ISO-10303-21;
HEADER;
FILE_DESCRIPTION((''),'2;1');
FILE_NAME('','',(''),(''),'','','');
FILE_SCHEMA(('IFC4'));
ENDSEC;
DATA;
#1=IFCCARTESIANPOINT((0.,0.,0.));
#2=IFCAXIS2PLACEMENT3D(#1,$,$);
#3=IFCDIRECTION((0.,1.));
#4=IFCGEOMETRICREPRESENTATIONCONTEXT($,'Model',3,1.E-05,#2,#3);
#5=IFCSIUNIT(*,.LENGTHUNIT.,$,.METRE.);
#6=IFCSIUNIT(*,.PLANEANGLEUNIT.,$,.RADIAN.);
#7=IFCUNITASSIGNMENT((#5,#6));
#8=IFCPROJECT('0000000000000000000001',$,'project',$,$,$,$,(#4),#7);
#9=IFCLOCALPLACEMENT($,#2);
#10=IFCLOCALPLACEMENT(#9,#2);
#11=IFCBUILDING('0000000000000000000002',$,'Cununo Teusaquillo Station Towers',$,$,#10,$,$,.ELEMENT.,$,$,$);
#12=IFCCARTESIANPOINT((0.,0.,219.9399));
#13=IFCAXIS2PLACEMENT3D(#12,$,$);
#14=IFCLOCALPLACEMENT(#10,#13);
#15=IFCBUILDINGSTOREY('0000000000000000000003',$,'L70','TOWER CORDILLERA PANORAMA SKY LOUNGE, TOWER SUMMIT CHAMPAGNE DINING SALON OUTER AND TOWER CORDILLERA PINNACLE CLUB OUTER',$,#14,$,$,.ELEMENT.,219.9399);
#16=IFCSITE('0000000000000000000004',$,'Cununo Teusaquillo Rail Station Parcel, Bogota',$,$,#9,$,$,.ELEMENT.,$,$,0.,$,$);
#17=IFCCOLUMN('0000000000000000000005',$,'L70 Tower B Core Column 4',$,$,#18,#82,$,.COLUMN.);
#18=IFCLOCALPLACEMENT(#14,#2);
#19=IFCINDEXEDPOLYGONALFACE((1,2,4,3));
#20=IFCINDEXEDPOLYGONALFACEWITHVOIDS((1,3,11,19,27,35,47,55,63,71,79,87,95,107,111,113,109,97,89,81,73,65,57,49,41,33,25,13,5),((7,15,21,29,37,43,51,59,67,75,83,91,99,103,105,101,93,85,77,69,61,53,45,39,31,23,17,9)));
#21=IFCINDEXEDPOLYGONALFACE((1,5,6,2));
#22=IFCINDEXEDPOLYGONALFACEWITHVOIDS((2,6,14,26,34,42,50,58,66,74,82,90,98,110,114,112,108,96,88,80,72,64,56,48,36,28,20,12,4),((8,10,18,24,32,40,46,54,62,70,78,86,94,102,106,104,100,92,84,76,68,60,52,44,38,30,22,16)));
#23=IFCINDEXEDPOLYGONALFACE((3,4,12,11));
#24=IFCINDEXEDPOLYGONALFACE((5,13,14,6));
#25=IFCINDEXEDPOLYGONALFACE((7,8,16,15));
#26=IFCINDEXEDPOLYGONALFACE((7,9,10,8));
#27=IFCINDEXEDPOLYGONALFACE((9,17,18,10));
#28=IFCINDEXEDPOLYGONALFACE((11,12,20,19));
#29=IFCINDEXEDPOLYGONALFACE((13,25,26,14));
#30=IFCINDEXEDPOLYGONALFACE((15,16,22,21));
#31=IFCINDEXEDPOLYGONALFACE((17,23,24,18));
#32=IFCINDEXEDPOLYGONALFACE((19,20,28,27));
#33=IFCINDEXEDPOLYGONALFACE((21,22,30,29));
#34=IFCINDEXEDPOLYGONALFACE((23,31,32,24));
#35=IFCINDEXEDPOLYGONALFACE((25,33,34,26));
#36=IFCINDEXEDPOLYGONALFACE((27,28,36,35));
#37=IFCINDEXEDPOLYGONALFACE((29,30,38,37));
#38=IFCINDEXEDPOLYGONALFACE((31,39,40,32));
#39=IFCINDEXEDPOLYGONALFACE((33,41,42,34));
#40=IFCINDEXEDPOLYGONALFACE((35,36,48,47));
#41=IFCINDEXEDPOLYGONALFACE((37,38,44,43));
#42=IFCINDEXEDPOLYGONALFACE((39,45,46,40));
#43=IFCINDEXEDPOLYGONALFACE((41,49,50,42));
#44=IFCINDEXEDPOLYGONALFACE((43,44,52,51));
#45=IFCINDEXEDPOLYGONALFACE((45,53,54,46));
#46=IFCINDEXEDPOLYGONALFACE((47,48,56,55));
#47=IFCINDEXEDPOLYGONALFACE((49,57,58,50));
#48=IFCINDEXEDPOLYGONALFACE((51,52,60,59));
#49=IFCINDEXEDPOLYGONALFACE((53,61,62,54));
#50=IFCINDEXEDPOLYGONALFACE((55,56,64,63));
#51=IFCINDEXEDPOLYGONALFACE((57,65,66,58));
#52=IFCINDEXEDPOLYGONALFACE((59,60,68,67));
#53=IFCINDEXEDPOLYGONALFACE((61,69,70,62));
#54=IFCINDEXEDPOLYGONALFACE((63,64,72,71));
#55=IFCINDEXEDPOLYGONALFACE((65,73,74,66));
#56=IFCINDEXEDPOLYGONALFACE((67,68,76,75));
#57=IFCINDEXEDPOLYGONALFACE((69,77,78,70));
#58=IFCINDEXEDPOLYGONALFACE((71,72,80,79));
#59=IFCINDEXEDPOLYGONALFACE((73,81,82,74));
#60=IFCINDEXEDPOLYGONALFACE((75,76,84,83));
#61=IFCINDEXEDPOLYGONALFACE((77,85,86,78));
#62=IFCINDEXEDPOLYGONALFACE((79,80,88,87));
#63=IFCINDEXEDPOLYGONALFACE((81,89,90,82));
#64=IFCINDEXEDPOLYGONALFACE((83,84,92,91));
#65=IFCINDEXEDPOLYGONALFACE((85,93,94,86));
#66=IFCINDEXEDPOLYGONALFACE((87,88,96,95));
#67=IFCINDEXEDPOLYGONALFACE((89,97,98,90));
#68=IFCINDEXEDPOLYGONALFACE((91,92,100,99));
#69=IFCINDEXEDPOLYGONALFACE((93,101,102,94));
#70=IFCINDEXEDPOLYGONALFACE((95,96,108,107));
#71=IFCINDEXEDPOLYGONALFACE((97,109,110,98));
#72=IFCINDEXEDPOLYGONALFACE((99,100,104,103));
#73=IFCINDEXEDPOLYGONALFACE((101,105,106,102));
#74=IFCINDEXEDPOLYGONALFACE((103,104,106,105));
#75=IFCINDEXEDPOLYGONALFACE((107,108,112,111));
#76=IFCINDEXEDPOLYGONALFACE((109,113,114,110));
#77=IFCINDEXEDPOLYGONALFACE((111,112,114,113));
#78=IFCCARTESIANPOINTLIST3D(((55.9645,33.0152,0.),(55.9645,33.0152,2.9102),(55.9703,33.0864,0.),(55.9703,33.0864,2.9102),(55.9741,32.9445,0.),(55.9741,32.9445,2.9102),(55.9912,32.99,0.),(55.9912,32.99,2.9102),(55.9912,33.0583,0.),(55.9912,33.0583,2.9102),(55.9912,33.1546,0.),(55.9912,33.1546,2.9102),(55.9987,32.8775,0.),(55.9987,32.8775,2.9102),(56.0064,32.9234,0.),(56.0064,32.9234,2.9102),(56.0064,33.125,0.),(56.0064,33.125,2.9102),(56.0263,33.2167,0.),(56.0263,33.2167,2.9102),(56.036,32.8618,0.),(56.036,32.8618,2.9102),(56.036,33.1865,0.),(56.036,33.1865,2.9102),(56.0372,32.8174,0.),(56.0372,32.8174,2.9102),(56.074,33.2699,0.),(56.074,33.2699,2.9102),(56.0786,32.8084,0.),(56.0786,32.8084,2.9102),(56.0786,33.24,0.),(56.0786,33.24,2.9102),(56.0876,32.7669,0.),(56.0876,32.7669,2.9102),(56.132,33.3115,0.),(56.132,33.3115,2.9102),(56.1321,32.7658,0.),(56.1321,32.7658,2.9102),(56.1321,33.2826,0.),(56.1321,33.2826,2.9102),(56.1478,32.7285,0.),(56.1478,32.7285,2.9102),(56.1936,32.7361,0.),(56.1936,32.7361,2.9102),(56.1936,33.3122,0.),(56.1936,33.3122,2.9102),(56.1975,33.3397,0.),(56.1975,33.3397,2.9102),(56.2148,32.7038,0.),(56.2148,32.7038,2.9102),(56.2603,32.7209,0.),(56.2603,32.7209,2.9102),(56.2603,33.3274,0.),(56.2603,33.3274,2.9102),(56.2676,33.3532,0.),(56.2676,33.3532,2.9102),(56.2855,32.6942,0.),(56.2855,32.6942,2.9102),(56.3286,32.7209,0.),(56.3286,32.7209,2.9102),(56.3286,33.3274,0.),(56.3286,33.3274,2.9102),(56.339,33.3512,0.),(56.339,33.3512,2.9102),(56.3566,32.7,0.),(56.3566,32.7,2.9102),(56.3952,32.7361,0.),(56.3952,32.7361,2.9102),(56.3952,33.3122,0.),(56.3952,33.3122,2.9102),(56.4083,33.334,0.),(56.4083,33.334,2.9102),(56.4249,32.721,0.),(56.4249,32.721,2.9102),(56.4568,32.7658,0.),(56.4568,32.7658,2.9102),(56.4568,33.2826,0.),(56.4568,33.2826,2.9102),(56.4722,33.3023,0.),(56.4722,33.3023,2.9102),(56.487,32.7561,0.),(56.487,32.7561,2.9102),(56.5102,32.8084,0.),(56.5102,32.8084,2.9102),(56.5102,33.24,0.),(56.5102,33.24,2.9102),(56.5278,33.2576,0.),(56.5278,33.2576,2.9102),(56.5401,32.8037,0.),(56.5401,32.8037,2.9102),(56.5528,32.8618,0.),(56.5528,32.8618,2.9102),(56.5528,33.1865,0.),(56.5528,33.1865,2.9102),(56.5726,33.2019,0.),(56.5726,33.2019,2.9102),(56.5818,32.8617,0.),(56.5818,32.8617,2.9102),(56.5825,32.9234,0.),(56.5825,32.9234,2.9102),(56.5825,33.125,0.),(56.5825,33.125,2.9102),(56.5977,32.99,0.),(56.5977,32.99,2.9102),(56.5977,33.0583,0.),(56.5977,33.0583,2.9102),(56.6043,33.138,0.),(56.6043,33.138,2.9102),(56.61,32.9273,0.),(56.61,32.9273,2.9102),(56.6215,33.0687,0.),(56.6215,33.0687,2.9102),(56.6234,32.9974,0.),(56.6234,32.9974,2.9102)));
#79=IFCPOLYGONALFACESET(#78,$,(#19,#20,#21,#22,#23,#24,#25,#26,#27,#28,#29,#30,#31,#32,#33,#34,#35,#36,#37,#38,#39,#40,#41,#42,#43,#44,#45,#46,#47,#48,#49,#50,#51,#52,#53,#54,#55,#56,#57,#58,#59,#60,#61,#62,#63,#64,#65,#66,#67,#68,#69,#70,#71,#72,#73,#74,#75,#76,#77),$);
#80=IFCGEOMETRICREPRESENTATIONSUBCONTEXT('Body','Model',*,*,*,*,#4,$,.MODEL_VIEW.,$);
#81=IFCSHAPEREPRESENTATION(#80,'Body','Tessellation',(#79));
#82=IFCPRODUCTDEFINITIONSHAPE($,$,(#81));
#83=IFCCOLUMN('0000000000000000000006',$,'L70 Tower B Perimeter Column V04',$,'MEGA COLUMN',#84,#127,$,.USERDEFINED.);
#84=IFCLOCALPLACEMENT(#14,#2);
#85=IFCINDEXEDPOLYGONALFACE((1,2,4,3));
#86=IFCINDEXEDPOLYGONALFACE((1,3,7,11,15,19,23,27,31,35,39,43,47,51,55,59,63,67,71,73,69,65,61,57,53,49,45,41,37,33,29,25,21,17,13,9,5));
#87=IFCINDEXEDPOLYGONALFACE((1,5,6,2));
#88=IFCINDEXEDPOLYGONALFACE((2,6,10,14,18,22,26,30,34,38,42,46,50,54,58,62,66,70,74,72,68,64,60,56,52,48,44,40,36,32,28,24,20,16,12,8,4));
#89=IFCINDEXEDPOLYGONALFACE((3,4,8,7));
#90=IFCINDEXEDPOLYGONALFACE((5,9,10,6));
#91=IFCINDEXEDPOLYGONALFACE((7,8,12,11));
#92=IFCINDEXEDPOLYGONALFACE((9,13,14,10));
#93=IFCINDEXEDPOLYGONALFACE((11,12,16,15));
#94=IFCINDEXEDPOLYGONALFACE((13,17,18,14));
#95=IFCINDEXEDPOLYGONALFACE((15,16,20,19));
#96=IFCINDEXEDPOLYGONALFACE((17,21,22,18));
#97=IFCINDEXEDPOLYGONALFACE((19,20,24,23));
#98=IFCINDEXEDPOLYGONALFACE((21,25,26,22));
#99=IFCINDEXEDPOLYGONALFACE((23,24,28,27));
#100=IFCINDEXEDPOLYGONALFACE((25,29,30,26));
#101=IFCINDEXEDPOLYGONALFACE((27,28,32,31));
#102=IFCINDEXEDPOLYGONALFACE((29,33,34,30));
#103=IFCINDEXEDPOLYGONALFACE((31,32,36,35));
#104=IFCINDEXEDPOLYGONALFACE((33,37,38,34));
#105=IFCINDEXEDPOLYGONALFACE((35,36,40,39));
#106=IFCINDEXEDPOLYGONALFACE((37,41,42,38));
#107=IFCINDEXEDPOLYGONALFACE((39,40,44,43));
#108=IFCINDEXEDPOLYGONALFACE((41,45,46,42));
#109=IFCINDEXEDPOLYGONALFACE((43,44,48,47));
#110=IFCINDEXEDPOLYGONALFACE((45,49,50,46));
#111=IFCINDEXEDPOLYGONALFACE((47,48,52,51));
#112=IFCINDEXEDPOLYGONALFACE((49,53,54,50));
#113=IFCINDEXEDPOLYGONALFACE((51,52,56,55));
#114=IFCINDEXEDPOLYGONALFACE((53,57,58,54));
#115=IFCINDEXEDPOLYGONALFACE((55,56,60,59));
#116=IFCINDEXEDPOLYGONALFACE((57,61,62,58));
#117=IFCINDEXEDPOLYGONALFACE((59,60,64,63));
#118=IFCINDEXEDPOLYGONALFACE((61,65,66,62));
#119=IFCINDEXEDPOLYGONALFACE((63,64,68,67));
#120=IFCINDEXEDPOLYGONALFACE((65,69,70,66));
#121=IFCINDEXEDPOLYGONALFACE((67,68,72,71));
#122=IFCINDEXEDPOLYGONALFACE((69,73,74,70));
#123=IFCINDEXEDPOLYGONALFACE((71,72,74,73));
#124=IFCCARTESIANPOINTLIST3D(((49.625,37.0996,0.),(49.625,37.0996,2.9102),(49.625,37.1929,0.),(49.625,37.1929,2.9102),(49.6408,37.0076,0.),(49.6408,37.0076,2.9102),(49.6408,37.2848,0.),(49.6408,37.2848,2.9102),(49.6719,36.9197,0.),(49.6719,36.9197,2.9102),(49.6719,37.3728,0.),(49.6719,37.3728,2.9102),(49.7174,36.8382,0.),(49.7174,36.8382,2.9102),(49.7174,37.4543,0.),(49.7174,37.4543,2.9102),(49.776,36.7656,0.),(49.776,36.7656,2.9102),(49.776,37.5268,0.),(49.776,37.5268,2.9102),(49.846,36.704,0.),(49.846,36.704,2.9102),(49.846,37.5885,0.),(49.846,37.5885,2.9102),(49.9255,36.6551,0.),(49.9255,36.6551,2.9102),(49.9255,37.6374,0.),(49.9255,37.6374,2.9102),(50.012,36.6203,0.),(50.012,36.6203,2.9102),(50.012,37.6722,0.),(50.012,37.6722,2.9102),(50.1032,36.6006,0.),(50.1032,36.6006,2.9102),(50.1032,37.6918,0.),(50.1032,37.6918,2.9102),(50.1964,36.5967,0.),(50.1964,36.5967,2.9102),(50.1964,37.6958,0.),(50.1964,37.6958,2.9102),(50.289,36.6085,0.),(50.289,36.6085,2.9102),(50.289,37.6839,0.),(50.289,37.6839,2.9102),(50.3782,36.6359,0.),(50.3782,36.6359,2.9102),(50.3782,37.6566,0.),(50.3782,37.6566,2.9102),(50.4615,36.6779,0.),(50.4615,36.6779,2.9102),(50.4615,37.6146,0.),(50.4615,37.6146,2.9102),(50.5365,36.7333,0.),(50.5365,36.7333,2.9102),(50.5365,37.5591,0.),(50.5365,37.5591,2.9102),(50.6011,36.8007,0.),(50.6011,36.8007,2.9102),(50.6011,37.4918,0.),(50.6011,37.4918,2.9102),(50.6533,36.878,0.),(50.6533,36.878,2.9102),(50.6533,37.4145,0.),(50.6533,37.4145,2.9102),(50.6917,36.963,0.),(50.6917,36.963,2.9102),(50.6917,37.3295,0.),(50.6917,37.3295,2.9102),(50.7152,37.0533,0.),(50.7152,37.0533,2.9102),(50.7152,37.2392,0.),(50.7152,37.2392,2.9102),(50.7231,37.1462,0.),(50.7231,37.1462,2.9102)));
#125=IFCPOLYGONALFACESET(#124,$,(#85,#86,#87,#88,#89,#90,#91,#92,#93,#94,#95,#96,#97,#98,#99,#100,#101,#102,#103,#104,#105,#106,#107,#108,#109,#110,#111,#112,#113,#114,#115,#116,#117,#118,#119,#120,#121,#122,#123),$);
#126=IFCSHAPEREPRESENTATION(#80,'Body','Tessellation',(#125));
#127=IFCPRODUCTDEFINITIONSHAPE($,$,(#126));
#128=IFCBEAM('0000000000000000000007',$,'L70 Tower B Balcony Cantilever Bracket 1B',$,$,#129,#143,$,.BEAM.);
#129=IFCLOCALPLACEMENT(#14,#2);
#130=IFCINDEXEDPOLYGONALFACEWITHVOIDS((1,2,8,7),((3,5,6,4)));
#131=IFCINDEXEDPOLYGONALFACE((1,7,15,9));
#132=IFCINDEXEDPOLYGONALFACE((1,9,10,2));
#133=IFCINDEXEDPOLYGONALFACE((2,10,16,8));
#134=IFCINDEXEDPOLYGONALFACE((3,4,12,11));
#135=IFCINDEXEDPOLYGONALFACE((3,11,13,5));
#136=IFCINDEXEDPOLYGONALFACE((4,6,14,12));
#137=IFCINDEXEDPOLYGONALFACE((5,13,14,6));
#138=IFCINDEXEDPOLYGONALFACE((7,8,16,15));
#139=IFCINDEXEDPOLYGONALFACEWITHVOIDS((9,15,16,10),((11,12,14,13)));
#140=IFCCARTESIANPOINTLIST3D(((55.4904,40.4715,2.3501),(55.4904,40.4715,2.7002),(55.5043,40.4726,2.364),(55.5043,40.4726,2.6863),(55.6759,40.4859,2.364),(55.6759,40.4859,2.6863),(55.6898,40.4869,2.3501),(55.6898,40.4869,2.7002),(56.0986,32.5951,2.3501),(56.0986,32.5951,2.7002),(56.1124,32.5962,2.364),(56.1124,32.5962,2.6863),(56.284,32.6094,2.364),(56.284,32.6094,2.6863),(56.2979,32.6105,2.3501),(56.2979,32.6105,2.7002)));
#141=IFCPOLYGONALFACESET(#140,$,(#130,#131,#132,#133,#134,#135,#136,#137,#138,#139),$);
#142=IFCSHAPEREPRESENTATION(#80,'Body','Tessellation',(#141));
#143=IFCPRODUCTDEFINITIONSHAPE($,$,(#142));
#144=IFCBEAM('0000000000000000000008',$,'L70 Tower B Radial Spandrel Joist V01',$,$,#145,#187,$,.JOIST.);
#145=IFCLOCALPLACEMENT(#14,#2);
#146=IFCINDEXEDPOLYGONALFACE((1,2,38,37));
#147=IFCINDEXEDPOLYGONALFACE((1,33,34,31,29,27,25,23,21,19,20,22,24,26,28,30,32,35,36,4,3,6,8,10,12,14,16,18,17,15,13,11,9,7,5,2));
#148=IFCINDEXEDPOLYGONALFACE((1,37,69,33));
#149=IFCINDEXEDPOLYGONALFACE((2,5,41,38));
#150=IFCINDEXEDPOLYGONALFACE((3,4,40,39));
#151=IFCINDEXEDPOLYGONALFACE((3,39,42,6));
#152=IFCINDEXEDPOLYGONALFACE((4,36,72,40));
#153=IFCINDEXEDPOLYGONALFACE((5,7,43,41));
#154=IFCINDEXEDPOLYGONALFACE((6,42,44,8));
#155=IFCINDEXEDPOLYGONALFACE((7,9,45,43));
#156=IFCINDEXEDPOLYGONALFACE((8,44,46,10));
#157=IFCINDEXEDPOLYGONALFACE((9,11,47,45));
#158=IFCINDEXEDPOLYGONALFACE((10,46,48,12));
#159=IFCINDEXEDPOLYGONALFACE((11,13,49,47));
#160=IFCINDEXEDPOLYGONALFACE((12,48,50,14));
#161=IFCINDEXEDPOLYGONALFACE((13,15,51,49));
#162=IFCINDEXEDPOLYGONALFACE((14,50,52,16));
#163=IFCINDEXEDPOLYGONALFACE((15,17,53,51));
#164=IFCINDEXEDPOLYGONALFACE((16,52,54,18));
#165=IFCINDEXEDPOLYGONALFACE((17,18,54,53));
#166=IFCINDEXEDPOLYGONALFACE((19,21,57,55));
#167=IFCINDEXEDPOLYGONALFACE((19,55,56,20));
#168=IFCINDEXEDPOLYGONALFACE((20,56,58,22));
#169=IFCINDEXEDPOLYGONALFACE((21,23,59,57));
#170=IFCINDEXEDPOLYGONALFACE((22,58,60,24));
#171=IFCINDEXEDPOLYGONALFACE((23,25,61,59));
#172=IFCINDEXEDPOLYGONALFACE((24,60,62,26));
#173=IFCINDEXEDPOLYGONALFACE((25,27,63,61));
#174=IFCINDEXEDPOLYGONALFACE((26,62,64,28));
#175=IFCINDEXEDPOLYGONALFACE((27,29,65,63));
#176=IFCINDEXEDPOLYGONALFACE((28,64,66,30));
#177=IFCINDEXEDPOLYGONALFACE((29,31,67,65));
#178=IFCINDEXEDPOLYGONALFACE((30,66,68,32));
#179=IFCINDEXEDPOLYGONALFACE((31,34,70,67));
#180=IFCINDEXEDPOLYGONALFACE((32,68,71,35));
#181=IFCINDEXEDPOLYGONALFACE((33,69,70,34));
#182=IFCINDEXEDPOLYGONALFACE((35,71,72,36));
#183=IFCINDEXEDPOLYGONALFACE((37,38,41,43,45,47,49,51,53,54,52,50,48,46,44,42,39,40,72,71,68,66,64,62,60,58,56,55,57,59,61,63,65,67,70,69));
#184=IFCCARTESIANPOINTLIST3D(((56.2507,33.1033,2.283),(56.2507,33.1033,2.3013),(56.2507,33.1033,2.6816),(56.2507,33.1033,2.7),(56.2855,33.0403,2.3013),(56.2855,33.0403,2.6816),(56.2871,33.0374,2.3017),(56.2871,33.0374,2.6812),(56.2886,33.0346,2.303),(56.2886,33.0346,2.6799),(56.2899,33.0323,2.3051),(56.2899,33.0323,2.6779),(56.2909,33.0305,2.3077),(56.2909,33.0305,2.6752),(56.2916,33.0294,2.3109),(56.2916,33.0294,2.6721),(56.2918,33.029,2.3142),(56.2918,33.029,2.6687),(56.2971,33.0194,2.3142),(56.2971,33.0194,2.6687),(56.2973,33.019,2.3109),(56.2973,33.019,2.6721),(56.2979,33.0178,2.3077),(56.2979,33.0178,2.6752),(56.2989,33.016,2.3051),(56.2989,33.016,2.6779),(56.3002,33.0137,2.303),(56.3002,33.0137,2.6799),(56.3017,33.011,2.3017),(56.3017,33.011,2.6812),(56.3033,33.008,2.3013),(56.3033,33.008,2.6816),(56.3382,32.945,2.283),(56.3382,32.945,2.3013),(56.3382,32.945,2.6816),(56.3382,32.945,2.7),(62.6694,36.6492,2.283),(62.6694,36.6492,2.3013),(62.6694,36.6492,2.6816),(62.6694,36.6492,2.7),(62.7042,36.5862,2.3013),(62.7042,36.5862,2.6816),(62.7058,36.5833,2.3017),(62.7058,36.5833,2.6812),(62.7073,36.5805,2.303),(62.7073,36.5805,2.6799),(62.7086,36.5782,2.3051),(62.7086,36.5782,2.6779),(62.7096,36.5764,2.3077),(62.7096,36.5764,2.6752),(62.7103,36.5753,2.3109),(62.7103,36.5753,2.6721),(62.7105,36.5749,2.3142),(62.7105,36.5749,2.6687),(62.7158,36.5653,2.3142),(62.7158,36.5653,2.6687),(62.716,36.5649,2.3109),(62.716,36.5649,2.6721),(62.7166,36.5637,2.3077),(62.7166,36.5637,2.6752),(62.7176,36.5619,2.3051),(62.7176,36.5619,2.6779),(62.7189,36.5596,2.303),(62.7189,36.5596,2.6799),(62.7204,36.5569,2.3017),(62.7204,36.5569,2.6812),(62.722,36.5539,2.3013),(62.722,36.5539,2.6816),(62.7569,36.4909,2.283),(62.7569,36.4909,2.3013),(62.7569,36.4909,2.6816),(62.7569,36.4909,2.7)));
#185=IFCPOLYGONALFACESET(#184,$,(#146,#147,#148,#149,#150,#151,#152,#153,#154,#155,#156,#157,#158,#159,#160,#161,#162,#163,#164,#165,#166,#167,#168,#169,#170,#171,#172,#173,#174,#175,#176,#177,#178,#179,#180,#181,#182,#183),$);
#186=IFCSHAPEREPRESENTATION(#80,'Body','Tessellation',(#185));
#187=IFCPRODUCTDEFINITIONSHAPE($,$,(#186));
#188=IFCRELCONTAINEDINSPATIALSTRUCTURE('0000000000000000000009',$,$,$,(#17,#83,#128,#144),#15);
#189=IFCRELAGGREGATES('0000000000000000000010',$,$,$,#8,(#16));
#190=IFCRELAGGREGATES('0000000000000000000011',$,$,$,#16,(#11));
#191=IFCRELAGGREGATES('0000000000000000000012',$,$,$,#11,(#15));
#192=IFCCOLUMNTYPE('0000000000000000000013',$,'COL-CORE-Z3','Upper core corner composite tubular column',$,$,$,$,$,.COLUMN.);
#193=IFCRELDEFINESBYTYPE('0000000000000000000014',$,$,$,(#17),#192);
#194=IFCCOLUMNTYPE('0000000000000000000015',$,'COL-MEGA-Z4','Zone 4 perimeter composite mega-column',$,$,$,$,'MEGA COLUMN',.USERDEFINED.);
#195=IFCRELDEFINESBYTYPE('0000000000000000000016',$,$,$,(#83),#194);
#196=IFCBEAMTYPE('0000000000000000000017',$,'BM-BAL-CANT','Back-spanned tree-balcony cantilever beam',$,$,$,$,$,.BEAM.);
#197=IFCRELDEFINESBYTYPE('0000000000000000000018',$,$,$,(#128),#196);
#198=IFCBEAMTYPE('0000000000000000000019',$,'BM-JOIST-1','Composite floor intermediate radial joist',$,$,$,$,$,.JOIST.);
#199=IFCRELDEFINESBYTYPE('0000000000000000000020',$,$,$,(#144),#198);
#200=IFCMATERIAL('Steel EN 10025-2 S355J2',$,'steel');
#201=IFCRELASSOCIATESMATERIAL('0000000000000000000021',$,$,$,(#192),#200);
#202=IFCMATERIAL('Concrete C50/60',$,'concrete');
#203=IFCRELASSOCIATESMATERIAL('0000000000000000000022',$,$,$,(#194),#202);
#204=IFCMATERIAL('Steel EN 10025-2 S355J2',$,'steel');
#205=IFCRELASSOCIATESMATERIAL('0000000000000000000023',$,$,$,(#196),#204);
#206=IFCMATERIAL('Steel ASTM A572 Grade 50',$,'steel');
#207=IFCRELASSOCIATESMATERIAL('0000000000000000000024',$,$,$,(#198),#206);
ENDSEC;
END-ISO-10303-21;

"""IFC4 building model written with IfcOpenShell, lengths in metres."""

from ifc_helpers import new_model, si_unit, direction, frame, origin, origin_2d, place, context, subcontext, project, spatial, hollow_rectangle, circle, hollow_circle, i_section, extrude, material, material_profile, profile_set, type_object, element, save


model = new_model("IFC4")

# Units and contexts
model_context = context("Model", 3, precision=1e-05, world=origin(), true_north=direction((0.0, 1.0)))
body_context = subcontext(model_context, "Body", "Model", "MODEL_VIEW")
ifc_project = project(units=[si_unit("LENGTHUNIT", "METRE"), si_unit("PLANEANGLEUNIT", "RADIAN")], contexts=[model_context])

# Site, building, storey
site_placement = place(None, origin())
site = spatial("IfcSite", under=ifc_project, at=site_placement, Name="Cununo Teusaquillo Rail Station Parcel, Bogota", CompositionType="ELEMENT", RefElevation=0.0)
building_placement = place(site_placement, origin())
building = spatial("IfcBuilding", under=site, at=building_placement, Name="Cununo Teusaquillo Station Towers", CompositionType="ELEMENT")
storey_placement = place(building_placement, frame((0.0, 0.0, 219.9399)))
storey = spatial("IfcBuildingStorey", under=building, at=storey_placement, Name="L70", Description="TOWER CORDILLERA PANORAMA SKY LOUNGE, TOWER SUMMIT CHAMPAGNE DINING SALON OUTER AND TOWER CORDILLERA PINNACLE CLUB OUTER", CompositionType="ELEMENT", Elevation=219.9399)

# Columns
ifc_material_1 = material(Name="Steel EN 10025-2 S355J2", Category="steel")
ifc_material_profile_1 = material_profile(ifc_material_1, hollow_circle(Radius=0.3301, WallThickness=0.0249, at=origin_2d()), Name="CHS 660x25")
ifc_profile_set_1 = profile_set([ifc_material_profile_1], Name="Steel EN 10025-2 S355J2")
column_type_1 = type_object("IfcColumnType", Name="COL-CORE-Z3", Description="Upper core corner composite tubular column", PredefinedType="COLUMN", material=ifc_profile_set_1)
column_1_placement = place(storey_placement, frame((56.2944, 33.0242, 0.0), z_axis=(0.0, 0.0, 1.0), x_axis=(0.707107, 0.707107, 0.0)))
element("IfcColumn", 1, at=column_1_placement, inside=storey, type_object=column_type_1, Name="L70 Tower B Core Column 4", PredefinedType="COLUMN", context=body_context, shape_type="SweptSolid", body=[
    extrude(hollow_circle(Radius=0.3301, WallThickness=0.0249, at=origin_2d()), origin(), (0.0, 0.0, 1.0), 2.9102),
])
ifc_material_2 = material(Name="Concrete C50/60", Category="concrete")
ifc_material_profile_2 = material_profile(ifc_material_2, circle(Radius=0.55, at=origin_2d()), Name="RC-CIRC-1100")
ifc_profile_set_2 = profile_set([ifc_material_profile_2], Name="Concrete C50/60")
column_type_2 = type_object("IfcColumnType", Name="COL-MEGA-Z4", Description="Zone 4 perimeter composite mega-column", ElementType="MEGA COLUMN", PredefinedType="USERDEFINED", material=ifc_profile_set_2)
column_2_placement = place(storey_placement, frame((50.1731, 37.1462, 0.0), z_axis=(0.0, 0.0, 1.0), x_axis=(1.0, 0.0, 0.0)))
element("IfcColumn", 2, at=column_2_placement, inside=storey, type_object=column_type_2, Name="L70 Tower B Perimeter Column V04", ObjectType="MEGA COLUMN", PredefinedType="USERDEFINED", context=body_context, shape_type="SweptSolid", body=[
    extrude(circle(Radius=0.55, at=origin_2d()), origin(), (0.0, 0.0, 1.0), 2.9102),
])

# Beams
ifc_material_3 = material(Name="Steel EN 10025-2 S355J2", Category="steel")
ifc_material_profile_3 = material_profile(ifc_material_3, hollow_rectangle(XDim=0.2, YDim=0.3501, WallThickness=0.0139, at=origin_2d()), Name="RHS 350x200x14")
ifc_profile_set_3 = profile_set([ifc_material_profile_3], Name="Steel EN 10025-2 S355J2")
beam_type_1 = type_object("IfcBeamType", Name="BM-BAL-CANT", Description="Back-spanned tree-balcony cantilever beam", PredefinedType="BEAM", material=ifc_profile_set_3)
beam_1_placement = place(storey_placement, frame((56.1982, 32.6028, 2.5251), z_axis=(-0.076982, 0.997032, 0.0), x_axis=(-0.997032, -0.076982, 0.0)))
element("IfcBeam", 3, at=beam_1_placement, inside=storey, type_object=beam_type_1, Name="L70 Tower B Balcony Cantilever Bracket 1B", PredefinedType="BEAM", context=body_context, shape_type="SweptSolid", body=[
    extrude(hollow_rectangle(XDim=0.2, YDim=0.3501, WallThickness=0.0139, at=origin_2d()), origin(), (0.0, 0.0, 1.0), 7.8999),
])
ifc_material_4 = material(Name="Steel ASTM A572 Grade 50", Category="steel")
ifc_material_profile_4 = material_profile(ifc_material_4, i_section(OverallWidth=0.1809, OverallDepth=0.417, WebThickness=0.011, FlangeThickness=0.0183, FilletRadius=0.0129, at=origin_2d()), Name="W16X57")
ifc_profile_set_4 = profile_set([ifc_material_profile_4], Name="Steel ASTM A572 Grade 50")
beam_type_2 = type_object("IfcBeamType", Name="BM-JOIST-1", Description="Composite floor intermediate radial joist", PredefinedType="JOIST", material=ifc_profile_set_4)
beam_2_placement = place(storey_placement, frame((56.2944, 33.0242, 2.4915), z_axis=(0.875315, 0.483553, 0.0), x_axis=(-0.483553, 0.875315, 0.0)))
element("IfcBeam", 4, at=beam_2_placement, inside=storey, type_object=beam_type_2, Name="L70 Tower B Radial Spandrel Joist V01", PredefinedType="JOIST", context=body_context, shape_type="SweptSolid", body=[
    extrude(i_section(OverallWidth=0.1809, OverallDepth=0.417, WebThickness=0.011, FlangeThickness=0.0183, FilletRadius=0.0129, at=origin_2d()), origin(), (0.0, 0.0, 1.0), 7.333),
])

save(model, "model.ifc")
